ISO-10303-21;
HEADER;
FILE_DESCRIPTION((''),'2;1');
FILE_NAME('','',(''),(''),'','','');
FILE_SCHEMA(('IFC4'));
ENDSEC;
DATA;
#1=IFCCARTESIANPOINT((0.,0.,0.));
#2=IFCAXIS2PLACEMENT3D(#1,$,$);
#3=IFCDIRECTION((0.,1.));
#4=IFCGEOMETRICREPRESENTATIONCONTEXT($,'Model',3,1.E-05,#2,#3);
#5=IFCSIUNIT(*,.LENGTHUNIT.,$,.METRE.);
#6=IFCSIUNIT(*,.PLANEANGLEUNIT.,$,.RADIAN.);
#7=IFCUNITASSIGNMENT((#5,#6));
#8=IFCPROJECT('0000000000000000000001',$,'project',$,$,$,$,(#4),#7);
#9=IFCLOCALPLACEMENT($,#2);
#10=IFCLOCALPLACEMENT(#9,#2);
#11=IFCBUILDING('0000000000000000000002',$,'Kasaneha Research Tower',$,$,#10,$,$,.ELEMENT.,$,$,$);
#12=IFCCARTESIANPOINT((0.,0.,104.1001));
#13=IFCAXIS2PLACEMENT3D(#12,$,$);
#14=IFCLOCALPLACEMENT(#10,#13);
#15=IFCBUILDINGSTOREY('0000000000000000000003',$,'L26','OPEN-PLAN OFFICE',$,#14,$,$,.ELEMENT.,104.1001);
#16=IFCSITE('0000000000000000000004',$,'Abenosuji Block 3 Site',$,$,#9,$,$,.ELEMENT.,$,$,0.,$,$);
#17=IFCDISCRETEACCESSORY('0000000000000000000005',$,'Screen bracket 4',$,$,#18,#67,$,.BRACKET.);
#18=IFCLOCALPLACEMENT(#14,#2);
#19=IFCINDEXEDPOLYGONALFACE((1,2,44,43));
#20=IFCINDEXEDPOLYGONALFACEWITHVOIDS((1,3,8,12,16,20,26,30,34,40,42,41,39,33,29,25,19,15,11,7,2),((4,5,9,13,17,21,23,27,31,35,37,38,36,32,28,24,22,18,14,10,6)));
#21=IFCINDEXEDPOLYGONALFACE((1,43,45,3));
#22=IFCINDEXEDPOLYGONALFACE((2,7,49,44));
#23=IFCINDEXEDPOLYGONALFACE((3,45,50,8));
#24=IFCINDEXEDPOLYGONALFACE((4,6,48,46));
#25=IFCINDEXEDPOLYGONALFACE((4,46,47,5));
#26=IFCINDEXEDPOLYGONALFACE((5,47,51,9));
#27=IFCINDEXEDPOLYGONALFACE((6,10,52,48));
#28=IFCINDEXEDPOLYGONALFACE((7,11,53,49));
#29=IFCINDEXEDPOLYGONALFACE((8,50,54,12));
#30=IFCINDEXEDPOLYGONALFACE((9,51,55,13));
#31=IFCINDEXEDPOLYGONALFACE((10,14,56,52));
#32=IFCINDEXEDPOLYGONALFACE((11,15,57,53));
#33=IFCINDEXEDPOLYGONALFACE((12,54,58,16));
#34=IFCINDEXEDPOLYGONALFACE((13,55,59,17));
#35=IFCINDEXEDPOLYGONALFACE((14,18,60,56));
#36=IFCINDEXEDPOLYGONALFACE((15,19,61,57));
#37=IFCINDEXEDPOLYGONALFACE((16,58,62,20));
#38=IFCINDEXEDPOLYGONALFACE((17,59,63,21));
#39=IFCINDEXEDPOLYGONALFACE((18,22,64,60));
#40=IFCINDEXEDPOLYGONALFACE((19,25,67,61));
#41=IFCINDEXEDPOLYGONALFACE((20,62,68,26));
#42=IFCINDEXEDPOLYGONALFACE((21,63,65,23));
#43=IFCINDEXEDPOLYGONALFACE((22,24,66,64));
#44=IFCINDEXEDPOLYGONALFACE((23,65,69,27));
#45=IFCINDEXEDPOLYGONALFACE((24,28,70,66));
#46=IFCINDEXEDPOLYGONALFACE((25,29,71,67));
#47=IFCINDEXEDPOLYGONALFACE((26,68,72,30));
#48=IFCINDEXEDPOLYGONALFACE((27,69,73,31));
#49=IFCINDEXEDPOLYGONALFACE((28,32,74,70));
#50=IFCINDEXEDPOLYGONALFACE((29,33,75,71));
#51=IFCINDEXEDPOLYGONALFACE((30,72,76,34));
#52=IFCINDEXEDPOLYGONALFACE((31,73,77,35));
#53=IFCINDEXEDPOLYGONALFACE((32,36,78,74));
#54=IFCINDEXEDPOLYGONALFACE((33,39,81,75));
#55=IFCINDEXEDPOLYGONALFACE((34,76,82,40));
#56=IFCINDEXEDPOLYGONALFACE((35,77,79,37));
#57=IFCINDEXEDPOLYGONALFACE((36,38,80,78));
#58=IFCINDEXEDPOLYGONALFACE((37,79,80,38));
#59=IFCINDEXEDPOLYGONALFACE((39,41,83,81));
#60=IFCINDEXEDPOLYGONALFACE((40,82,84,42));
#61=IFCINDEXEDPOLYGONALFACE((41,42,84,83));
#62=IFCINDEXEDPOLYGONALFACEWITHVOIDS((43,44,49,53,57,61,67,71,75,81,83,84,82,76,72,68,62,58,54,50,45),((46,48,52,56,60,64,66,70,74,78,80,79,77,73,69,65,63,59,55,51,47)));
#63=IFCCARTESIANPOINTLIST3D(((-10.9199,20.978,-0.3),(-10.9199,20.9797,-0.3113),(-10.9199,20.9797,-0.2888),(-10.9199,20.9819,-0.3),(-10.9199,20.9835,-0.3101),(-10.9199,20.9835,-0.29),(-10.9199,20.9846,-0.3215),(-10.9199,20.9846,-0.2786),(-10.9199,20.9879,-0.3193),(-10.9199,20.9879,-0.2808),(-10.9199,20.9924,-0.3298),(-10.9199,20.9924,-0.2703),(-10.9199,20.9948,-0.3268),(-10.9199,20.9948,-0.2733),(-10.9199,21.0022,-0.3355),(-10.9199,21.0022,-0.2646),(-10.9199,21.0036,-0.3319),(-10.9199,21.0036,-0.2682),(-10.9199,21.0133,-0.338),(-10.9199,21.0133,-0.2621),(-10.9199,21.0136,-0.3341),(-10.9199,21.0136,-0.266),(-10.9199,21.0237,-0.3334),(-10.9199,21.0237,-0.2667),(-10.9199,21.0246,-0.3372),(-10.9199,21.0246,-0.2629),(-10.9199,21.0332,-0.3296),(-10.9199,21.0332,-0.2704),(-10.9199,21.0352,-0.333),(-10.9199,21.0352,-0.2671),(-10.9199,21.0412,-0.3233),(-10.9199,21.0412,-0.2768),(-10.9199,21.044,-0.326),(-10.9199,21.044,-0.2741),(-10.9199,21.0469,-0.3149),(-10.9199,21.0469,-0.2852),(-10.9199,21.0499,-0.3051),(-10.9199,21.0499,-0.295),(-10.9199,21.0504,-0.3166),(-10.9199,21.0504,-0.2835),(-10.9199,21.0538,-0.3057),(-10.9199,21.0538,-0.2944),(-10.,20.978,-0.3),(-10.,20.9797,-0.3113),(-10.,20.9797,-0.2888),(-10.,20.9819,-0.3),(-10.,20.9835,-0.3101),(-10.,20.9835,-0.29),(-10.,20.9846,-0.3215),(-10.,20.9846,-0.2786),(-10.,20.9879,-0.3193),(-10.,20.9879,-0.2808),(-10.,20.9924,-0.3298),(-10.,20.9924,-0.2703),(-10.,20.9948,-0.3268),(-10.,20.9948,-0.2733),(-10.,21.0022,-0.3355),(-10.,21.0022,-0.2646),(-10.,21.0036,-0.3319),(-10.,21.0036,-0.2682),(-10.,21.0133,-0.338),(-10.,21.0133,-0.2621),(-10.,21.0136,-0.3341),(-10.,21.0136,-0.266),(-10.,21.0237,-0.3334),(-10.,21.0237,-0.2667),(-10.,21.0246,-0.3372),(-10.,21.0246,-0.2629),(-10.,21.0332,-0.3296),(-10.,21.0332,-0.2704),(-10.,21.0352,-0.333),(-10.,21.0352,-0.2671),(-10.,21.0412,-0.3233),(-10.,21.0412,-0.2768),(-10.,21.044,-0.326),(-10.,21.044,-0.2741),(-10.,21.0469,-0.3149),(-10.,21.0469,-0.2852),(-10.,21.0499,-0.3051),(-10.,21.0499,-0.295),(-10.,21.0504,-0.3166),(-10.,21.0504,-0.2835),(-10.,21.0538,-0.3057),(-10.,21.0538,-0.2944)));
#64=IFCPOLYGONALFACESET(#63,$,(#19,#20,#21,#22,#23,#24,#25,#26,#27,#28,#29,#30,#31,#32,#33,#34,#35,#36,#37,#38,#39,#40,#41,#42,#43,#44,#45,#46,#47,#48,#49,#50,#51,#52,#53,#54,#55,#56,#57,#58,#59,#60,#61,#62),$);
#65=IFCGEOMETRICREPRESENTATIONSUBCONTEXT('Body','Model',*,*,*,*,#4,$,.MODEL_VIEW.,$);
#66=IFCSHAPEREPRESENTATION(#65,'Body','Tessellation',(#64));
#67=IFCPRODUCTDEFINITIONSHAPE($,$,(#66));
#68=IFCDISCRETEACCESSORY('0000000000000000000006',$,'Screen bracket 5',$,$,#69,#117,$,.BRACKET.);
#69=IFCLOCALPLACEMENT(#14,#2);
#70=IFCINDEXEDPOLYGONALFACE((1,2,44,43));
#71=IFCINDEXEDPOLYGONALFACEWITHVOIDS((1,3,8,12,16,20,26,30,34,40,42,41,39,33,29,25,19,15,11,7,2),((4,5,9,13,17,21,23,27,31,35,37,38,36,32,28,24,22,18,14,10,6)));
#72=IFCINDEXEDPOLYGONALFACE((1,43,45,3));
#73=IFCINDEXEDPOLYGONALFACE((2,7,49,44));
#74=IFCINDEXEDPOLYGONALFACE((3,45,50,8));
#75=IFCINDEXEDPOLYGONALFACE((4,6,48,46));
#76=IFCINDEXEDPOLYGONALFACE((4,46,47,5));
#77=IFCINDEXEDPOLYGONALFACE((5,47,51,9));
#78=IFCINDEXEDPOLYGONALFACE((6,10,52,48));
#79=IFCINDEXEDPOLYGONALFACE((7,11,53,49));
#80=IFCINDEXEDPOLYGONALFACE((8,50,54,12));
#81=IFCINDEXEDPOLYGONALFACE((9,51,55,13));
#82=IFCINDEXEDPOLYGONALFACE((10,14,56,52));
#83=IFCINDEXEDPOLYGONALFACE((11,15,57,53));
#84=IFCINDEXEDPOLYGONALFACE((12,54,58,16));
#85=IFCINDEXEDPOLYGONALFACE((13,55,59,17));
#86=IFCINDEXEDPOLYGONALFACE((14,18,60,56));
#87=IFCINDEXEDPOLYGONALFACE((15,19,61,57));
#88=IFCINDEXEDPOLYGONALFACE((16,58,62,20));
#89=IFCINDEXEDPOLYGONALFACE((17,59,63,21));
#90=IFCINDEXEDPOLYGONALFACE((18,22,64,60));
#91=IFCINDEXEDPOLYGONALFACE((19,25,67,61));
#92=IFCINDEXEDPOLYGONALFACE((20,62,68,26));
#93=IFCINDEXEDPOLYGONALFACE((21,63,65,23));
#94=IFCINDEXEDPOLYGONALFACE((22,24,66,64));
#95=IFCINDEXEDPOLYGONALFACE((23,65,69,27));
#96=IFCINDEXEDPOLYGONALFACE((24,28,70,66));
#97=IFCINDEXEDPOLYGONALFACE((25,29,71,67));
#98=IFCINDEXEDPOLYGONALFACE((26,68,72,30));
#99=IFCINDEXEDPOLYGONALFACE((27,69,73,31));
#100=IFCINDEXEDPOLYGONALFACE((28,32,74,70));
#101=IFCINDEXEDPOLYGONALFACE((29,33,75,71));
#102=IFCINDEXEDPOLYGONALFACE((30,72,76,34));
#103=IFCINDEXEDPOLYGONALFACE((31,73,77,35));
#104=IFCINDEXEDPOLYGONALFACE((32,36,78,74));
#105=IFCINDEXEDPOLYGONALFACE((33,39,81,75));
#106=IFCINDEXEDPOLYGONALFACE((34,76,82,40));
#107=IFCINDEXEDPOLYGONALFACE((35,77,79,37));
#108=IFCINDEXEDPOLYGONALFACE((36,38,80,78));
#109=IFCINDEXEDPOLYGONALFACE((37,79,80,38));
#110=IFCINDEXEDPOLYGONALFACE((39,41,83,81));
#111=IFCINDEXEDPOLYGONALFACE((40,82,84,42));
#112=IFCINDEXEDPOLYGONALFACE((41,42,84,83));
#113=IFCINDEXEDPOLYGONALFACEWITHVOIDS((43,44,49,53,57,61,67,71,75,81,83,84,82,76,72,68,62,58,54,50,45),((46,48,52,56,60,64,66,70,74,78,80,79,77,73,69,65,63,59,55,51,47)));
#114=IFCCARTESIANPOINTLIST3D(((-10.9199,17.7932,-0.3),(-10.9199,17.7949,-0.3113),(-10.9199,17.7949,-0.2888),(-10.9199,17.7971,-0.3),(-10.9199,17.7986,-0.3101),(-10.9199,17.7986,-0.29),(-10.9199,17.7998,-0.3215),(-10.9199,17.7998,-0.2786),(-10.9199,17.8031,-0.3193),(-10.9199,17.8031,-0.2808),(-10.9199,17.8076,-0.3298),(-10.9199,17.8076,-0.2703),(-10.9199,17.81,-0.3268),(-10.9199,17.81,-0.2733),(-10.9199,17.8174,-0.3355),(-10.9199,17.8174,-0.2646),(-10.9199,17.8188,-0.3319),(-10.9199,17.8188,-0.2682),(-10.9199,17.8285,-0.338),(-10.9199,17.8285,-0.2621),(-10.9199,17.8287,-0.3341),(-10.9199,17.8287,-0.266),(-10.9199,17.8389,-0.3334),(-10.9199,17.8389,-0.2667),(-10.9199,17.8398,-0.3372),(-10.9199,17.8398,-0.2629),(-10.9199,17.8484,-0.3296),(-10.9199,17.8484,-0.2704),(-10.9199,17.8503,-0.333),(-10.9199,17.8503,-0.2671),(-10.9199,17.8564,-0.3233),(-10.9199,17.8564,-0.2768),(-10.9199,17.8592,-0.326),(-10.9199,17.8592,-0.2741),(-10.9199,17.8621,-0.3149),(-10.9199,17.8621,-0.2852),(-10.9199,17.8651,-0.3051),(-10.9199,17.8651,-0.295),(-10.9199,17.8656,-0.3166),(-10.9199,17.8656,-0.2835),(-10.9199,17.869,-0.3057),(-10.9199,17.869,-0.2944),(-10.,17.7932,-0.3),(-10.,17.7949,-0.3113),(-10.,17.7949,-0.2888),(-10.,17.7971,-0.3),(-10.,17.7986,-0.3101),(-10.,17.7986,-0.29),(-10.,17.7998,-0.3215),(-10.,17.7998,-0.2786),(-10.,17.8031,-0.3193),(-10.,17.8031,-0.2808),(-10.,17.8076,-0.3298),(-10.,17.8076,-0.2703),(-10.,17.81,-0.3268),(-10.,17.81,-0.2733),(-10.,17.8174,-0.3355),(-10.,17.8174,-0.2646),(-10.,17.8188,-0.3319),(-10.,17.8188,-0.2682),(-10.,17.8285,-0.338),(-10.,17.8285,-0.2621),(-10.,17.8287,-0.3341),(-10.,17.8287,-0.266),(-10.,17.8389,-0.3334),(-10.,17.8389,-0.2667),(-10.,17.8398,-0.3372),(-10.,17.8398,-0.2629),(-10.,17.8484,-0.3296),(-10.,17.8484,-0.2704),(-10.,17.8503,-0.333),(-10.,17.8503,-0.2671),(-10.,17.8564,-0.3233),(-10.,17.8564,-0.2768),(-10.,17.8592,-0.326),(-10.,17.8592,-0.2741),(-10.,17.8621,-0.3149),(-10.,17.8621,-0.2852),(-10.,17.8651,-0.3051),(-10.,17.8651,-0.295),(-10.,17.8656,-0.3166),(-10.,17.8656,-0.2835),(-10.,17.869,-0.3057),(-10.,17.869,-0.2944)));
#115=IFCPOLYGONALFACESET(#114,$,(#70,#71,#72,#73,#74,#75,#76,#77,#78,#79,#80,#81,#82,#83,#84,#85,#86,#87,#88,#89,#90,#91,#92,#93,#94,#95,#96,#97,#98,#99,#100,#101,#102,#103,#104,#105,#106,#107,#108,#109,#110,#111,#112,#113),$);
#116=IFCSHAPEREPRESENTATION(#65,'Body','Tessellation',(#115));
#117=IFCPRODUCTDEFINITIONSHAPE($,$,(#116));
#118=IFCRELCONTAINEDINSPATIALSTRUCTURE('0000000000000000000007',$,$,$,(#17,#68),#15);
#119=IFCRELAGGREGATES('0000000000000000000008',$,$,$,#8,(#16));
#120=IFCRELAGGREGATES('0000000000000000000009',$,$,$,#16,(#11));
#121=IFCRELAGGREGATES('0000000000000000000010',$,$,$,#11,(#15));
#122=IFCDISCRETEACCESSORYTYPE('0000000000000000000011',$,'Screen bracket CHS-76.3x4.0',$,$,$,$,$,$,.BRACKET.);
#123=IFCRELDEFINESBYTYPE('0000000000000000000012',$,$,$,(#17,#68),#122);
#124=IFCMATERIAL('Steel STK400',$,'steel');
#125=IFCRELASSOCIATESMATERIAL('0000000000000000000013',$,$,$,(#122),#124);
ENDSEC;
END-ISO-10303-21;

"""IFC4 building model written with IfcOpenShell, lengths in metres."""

from ifc_helpers import new_model, si_unit, direction, frame, origin, origin_2d, place, context, subcontext, project, spatial, hollow_circle, extrude, material, material_profile, profile_set, type_object, element, save


model = new_model("IFC4")

# Units and contexts
model_context = context("Model", 3, precision=1e-05, world=origin(), true_north=direction((0.0, 1.0)))
body_context = subcontext(model_context, "Body", "Model", "MODEL_VIEW")
ifc_project = project(units=[si_unit("LENGTHUNIT", "METRE"), si_unit("PLANEANGLEUNIT", "RADIAN")], contexts=[model_context])

# Site, building, storey
site_placement = place(None, origin())
site = spatial("IfcSite", under=ifc_project, at=site_placement, Name="Abenosuji Block 3 Site", CompositionType="ELEMENT", RefElevation=0.0)
building_placement = place(site_placement, origin())
building = spatial("IfcBuilding", under=site, at=building_placement, Name="Kasaneha Research Tower", CompositionType="ELEMENT")
storey_placement = place(building_placement, frame((0.0, 0.0, 104.1001)))
storey = spatial("IfcBuildingStorey", under=building, at=storey_placement, Name="L26", Description="OPEN-PLAN OFFICE", CompositionType="ELEMENT", Elevation=104.1001)

# Discrete accessories
ifc_material_1 = material(Name="Steel STK400", Category="steel")
ifc_material_profile_1 = material_profile(ifc_material_1, hollow_circle(Radius=0.0381, WallThickness=0.0039, at=origin_2d()), Name="CHS-76.3x4.0")
ifc_profile_set_1 = profile_set([ifc_material_profile_1], Name="Steel STK400")
discrete_accessory_type = type_object("IfcDiscreteAccessoryType", Name="Screen bracket CHS-76.3x4.0", PredefinedType="BRACKET", material=ifc_profile_set_1)
for number, where, z_axis, x_axis, name in (
    (1, (-10.0, 21.0161, -0.3), (-1.0, 0.0, 0.0), (0.0, -1.0, 0.0), "Screen bracket 4"),
    (2, (-10.0, 17.8313, -0.3), (-1.0, 0.0, 0.0), (0.0, -1.0, 0.0), "Screen bracket 5"),
):
    element("IfcDiscreteAccessory", number, at=place(storey_placement, frame(where, z_axis=z_axis, x_axis=x_axis)), inside=storey, type_object=discrete_accessory_type, Name=name, PredefinedType="BRACKET", context=body_context, shape_type="SweptSolid", body=[
        extrude(hollow_circle(Radius=0.0381, WallThickness=0.0039, at=origin_2d()), origin(), (0.0, 0.0, 1.0), 0.9199),
    ])

save(model, "model.ifc")
